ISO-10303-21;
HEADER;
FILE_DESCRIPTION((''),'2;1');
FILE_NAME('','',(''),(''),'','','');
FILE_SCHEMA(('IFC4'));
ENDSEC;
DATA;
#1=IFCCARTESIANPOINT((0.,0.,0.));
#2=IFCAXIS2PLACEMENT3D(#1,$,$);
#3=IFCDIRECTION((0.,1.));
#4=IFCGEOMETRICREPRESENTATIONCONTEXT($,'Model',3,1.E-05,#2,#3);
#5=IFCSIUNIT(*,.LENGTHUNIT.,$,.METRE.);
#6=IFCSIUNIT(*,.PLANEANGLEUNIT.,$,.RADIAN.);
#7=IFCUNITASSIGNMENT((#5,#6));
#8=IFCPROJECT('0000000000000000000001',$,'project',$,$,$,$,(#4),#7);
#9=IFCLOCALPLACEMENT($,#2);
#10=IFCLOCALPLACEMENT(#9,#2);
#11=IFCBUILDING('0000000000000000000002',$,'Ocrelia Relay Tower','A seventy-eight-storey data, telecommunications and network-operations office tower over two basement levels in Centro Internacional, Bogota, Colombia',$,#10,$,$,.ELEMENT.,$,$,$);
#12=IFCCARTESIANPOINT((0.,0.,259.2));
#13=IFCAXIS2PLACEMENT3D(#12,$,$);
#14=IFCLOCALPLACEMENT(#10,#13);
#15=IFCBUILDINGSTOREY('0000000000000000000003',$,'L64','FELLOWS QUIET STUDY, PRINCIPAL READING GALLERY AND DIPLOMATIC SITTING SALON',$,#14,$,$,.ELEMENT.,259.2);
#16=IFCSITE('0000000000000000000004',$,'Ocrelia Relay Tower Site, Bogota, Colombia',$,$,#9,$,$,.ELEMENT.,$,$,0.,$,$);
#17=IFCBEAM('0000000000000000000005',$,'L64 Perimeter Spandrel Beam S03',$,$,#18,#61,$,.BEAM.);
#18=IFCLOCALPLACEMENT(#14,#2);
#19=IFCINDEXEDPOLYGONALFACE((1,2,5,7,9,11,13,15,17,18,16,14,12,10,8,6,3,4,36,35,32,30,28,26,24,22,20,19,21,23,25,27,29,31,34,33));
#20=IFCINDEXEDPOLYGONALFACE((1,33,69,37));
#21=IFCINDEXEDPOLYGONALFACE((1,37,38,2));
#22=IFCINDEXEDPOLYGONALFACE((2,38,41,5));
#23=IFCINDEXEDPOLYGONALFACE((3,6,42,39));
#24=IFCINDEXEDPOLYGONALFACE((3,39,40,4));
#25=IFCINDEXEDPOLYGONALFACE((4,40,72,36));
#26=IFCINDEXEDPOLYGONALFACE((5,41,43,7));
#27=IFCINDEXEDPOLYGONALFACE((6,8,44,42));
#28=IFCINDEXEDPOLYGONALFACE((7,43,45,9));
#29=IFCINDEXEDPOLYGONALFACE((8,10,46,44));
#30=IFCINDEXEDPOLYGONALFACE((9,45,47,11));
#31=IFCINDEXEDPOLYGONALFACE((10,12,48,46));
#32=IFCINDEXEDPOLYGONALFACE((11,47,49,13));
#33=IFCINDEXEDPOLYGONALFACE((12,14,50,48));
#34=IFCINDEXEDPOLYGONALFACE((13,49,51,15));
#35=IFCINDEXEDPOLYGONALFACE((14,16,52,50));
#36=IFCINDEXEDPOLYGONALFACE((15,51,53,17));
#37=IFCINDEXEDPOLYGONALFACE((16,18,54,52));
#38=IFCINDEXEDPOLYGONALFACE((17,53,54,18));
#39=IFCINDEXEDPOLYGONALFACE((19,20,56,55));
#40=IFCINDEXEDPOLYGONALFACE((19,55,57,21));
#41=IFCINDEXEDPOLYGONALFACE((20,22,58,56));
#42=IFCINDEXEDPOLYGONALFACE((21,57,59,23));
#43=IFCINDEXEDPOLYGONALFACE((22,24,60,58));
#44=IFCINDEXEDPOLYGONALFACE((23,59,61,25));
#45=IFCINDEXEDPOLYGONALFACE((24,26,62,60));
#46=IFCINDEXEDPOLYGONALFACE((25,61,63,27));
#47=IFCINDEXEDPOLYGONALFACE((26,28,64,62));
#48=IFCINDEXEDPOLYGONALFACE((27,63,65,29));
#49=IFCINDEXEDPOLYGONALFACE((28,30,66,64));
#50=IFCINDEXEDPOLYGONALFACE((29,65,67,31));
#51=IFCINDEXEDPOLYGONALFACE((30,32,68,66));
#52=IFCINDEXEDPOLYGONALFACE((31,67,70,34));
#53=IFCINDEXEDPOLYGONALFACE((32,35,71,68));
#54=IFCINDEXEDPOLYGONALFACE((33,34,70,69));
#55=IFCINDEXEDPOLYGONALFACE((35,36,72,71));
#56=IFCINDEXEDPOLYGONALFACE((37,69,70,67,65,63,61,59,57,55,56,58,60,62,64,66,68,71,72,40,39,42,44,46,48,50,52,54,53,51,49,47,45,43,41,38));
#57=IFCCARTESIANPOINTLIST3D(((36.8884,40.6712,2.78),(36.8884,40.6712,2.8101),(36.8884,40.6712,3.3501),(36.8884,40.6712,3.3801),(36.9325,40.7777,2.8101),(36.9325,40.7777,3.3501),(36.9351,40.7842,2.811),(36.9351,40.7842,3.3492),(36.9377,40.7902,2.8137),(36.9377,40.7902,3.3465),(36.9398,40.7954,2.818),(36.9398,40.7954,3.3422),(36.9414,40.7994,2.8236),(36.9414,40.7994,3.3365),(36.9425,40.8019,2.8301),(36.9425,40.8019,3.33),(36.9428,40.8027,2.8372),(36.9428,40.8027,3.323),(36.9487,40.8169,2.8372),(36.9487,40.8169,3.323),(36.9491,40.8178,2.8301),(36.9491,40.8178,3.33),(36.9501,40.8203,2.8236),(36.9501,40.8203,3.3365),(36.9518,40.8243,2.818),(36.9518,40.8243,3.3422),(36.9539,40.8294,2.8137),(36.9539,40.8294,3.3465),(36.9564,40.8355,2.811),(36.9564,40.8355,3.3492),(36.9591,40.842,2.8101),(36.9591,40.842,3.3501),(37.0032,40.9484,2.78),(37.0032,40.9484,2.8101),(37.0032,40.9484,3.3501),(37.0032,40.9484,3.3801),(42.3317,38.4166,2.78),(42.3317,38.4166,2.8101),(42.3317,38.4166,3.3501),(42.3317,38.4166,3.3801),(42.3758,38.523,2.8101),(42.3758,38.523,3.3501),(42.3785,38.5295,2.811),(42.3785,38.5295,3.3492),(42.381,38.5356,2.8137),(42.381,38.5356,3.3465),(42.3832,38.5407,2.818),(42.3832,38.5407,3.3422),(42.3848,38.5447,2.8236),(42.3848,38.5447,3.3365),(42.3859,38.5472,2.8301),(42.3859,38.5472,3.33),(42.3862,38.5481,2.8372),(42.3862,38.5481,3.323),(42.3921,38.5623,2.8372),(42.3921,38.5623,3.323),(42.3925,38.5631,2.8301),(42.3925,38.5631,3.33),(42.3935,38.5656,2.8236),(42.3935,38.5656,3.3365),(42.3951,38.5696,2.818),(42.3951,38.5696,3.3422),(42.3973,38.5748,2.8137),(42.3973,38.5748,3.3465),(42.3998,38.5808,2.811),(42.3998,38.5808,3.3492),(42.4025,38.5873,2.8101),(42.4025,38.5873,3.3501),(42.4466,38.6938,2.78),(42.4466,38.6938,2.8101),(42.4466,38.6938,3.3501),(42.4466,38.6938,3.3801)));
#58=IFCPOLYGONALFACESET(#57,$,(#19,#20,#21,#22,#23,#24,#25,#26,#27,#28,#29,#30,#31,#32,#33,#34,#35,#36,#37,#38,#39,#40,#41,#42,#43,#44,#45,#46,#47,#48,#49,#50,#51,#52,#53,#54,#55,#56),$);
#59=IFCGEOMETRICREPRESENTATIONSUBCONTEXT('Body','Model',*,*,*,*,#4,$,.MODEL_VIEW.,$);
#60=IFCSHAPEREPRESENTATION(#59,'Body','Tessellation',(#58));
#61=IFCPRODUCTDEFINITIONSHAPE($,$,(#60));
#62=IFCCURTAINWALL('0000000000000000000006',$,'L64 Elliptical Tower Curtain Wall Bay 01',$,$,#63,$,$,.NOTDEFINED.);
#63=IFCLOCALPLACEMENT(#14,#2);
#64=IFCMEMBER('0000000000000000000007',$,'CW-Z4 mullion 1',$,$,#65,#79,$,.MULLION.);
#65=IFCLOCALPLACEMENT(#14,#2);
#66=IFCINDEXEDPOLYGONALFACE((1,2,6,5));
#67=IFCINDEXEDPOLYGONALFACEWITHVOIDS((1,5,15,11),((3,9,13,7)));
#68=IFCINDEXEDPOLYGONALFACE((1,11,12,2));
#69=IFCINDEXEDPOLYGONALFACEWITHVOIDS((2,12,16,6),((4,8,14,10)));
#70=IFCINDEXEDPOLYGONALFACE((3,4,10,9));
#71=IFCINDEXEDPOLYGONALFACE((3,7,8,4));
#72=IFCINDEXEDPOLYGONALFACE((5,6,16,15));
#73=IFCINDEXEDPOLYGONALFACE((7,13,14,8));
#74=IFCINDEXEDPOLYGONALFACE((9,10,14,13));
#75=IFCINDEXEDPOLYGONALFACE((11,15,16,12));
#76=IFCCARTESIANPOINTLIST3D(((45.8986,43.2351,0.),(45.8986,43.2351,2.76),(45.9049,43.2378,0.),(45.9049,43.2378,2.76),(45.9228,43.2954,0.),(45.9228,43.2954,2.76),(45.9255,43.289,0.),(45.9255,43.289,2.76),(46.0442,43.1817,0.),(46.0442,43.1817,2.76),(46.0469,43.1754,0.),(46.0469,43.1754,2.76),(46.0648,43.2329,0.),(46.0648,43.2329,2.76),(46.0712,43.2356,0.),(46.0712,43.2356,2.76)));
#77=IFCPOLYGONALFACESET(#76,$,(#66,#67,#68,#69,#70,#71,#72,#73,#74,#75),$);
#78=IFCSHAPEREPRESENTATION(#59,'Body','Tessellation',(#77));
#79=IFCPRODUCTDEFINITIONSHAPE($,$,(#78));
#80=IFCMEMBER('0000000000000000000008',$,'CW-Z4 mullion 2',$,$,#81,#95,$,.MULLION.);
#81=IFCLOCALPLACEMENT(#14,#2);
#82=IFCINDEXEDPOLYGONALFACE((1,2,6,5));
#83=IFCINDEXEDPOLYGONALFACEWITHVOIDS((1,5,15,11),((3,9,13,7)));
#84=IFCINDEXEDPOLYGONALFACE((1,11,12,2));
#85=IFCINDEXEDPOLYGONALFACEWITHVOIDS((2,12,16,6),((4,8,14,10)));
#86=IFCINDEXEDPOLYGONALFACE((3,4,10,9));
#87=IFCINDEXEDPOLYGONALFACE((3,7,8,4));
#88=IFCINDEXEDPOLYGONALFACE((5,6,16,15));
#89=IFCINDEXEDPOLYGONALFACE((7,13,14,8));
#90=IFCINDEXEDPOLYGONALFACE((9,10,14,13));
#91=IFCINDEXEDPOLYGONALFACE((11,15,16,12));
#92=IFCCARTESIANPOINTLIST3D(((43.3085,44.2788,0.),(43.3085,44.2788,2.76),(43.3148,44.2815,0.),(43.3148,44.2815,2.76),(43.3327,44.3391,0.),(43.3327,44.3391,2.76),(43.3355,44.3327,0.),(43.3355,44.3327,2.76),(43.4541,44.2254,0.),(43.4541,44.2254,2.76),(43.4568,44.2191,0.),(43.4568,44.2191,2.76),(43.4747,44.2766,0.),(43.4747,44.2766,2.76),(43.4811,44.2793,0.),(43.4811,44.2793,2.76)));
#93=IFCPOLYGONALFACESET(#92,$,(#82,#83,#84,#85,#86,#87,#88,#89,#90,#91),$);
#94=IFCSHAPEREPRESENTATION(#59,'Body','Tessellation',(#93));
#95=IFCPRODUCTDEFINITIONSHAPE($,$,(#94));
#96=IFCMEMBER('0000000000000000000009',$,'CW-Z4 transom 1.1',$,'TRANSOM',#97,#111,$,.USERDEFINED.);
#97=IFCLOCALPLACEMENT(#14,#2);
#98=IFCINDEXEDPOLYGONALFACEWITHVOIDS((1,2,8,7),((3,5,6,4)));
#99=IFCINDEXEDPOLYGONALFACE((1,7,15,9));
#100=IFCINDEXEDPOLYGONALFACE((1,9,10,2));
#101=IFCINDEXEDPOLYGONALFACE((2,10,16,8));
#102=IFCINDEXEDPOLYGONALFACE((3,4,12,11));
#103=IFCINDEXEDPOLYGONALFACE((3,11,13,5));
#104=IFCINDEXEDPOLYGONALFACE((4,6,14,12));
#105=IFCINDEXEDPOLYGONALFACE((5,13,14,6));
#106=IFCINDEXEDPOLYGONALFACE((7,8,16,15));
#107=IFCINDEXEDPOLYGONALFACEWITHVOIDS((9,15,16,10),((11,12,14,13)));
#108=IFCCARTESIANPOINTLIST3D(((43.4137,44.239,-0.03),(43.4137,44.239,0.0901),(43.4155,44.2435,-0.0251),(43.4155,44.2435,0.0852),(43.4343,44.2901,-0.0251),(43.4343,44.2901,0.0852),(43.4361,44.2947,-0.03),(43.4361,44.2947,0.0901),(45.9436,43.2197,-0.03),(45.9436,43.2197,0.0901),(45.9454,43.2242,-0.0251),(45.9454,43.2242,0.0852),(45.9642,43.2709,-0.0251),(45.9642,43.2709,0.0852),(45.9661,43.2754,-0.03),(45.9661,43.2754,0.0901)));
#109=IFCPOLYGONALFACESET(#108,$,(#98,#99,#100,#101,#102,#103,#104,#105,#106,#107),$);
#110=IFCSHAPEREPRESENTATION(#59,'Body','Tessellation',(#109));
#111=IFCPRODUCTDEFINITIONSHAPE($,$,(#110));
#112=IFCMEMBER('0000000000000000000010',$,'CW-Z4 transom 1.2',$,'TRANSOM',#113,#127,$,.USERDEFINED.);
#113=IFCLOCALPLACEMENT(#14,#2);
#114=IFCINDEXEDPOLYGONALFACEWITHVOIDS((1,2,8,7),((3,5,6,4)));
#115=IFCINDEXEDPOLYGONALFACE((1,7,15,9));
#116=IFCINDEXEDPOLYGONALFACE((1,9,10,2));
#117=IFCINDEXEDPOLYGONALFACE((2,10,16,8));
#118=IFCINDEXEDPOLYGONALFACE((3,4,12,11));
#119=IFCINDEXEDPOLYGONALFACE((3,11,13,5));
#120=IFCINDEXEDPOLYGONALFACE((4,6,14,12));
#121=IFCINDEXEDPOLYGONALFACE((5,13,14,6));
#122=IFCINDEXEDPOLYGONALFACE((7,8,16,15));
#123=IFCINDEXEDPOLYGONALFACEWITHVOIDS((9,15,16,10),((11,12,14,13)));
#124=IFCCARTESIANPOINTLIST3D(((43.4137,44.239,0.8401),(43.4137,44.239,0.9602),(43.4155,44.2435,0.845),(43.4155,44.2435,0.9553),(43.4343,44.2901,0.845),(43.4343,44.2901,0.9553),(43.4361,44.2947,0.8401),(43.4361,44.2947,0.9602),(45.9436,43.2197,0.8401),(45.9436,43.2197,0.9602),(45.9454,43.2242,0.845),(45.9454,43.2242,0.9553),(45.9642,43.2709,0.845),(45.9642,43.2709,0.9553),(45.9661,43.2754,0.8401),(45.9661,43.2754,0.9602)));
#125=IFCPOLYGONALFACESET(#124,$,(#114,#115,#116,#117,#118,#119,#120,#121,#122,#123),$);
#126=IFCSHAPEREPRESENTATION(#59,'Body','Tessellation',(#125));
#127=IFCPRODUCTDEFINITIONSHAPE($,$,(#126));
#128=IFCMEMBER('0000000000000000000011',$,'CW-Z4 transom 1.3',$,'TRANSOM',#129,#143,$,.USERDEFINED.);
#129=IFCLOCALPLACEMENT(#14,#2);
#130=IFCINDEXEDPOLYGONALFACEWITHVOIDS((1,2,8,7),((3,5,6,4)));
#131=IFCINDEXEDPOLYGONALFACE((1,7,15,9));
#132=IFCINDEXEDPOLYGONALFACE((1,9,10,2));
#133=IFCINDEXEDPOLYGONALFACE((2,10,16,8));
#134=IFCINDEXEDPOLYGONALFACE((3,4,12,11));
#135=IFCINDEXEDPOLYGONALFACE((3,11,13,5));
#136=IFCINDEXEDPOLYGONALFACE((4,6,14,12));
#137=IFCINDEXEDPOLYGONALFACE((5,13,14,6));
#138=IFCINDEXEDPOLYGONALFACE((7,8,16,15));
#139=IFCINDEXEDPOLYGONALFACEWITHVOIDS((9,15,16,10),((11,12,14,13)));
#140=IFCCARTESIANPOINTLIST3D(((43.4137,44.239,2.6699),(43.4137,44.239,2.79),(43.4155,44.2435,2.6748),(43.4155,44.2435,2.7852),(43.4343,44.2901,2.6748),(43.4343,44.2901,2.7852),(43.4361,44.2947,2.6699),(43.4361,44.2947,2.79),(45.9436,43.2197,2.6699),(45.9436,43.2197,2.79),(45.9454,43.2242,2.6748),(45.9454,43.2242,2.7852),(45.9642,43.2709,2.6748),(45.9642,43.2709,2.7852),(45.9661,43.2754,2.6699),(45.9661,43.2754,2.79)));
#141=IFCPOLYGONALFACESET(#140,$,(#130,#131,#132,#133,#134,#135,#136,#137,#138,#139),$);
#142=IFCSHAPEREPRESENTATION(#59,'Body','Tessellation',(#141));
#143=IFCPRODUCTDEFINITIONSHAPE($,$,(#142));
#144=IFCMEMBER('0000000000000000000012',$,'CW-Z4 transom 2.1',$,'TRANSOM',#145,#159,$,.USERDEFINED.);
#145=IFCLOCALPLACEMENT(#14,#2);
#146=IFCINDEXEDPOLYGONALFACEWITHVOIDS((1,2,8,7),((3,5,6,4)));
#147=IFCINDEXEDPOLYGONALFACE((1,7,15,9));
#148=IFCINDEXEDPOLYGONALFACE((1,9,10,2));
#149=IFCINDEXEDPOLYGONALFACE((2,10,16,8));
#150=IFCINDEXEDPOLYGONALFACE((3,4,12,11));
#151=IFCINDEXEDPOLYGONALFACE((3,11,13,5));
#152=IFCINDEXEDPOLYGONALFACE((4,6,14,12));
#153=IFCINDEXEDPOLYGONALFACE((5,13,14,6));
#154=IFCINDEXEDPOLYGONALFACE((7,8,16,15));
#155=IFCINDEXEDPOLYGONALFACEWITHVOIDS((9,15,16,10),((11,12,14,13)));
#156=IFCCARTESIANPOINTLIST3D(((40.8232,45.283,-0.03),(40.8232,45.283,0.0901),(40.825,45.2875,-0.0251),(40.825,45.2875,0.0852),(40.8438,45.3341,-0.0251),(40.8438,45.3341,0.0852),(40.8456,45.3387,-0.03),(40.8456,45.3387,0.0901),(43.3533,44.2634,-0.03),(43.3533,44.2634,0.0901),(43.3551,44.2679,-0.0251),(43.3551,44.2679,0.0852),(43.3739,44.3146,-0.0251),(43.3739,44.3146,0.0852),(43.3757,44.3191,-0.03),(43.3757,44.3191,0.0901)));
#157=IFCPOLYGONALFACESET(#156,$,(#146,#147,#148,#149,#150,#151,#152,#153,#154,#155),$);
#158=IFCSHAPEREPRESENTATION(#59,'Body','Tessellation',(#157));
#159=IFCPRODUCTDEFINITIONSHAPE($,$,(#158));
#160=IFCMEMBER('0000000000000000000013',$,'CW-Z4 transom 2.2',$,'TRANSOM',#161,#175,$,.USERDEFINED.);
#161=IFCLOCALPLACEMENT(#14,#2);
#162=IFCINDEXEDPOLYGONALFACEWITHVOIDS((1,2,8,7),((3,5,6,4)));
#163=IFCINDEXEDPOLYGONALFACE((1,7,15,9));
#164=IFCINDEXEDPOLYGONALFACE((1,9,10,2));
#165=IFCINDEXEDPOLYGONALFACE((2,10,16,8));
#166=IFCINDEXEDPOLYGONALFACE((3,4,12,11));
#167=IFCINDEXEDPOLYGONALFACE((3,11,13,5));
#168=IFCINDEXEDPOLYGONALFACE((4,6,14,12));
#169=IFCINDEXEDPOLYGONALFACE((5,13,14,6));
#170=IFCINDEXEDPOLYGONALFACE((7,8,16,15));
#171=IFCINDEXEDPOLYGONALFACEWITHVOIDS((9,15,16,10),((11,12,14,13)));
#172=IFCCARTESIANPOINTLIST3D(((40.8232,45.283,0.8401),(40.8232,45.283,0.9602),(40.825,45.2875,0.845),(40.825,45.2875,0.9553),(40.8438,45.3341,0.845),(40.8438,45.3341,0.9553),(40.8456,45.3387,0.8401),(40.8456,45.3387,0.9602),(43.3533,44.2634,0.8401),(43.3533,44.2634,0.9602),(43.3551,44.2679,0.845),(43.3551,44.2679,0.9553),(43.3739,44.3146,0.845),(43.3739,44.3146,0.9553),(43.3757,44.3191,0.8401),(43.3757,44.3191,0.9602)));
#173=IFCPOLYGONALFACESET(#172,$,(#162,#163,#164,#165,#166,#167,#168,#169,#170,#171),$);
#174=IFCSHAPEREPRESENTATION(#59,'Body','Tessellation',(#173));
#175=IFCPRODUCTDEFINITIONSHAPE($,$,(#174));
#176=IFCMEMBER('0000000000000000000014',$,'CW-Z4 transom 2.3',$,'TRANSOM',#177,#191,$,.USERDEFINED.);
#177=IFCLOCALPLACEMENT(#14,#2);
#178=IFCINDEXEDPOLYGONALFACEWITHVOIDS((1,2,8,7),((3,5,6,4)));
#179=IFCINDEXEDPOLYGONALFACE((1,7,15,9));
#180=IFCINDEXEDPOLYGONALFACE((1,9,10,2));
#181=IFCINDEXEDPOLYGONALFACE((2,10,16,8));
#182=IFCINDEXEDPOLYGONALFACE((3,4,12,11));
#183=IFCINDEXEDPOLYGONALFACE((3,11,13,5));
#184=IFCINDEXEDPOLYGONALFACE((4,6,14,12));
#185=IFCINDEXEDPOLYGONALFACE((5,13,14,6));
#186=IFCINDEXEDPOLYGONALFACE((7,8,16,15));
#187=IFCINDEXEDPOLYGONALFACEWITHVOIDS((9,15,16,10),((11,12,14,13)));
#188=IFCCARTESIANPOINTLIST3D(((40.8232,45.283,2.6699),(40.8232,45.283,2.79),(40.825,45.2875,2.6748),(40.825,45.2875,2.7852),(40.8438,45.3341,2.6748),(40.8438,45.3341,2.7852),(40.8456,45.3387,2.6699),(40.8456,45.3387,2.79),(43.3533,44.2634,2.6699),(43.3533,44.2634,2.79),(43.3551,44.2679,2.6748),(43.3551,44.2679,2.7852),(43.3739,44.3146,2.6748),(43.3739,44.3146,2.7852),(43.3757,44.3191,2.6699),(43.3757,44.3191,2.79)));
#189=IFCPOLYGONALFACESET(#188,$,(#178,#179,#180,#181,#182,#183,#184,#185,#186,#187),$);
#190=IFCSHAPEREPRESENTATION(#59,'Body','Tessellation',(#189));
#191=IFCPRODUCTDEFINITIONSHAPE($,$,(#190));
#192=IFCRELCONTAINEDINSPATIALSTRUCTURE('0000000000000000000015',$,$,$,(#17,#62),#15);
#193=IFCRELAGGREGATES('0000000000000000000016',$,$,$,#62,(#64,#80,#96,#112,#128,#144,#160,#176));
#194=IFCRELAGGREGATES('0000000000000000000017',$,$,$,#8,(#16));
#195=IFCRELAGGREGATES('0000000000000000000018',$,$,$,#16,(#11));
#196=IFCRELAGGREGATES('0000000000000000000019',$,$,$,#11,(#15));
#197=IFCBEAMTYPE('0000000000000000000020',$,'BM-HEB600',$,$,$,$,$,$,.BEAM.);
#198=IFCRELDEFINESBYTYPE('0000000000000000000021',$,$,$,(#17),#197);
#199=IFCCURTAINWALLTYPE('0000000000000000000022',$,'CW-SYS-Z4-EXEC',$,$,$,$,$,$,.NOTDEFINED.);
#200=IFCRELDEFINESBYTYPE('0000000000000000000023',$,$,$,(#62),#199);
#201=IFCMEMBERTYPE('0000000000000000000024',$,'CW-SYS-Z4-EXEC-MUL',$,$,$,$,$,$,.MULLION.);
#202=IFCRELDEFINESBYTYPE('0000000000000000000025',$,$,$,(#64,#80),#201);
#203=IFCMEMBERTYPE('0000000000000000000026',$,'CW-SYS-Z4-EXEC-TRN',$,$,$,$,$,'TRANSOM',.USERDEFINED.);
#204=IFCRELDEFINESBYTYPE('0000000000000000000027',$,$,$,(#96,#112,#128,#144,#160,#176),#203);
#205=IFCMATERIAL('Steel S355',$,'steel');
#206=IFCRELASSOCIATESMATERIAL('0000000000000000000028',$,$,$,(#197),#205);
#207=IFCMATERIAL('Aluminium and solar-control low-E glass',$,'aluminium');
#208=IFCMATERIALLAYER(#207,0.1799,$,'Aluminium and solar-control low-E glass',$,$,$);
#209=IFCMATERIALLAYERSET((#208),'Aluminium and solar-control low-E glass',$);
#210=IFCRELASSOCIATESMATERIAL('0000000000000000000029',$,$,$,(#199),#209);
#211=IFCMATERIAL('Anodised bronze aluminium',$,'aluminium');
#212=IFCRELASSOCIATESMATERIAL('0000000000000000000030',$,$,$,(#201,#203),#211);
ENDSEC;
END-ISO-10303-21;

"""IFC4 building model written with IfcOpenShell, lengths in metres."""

from ifc_helpers import new_model, si_unit, direction, frame, origin, origin_2d, place, context, subcontext, project, spatial, hollow_rectangle, i_section, extrude, material, layer, layer_set, material_profile, profile_set, type_object, element, aggregate, save


model = new_model("IFC4")

# Units and contexts
model_context = context("Model", 3, precision=1e-05, world=origin(), true_north=direction((0.0, 1.0)))
body_context = subcontext(model_context, "Body", "Model", "MODEL_VIEW")
ifc_project = project(units=[si_unit("LENGTHUNIT", "METRE"), si_unit("PLANEANGLEUNIT", "RADIAN")], contexts=[model_context])

# Site, building, storey
site_placement = place(None, origin())
site = spatial("IfcSite", under=ifc_project, at=site_placement, Name="Ocrelia Relay Tower Site, Bogota, Colombia", CompositionType="ELEMENT", RefElevation=0.0)
building_placement = place(site_placement, origin())
building = spatial("IfcBuilding", under=site, at=building_placement, Name="Ocrelia Relay Tower", Description="A seventy-eight-storey data, telecommunications and network-operations office tower over two basement levels in Centro Internacional, Bogota, Colombia", CompositionType="ELEMENT")
storey_placement = place(building_placement, frame((0.0, 0.0, 259.2)))
storey = spatial("IfcBuildingStorey", under=building, at=storey_placement, Name="L64", Description="FELLOWS QUIET STUDY, PRINCIPAL READING GALLERY AND DIPLOMATIC SITTING SALON", CompositionType="ELEMENT", Elevation=259.2)

# Beam
ifc_material_1 = material(Name="Steel S355", Category="steel")
ifc_material_profile_1 = material_profile(ifc_material_1, i_section(OverallWidth=0.3, OverallDepth=0.6001, WebThickness=0.0154, FlangeThickness=0.03, FilletRadius=0.0271, at=origin_2d()), Name="HEB 600")
ifc_profile_set_1 = profile_set([ifc_material_profile_1], Name="Steel S355")
beam_type = type_object("IfcBeamType", Name="BM-HEB600", PredefinedType="BEAM", material=ifc_profile_set_1)
beam_placement = place(storey_placement, frame((42.3892, 38.5552, 3.0801), z_axis=(-0.923884, 0.382673, 0.0), x_axis=(-0.382673, -0.923884, 0.0)))
element("IfcBeam", 1, at=beam_placement, inside=storey, type_object=beam_type, Name="L64 Perimeter Spandrel Beam S03", PredefinedType="BEAM", context=body_context, shape_type="SweptSolid", body=[
    extrude(i_section(OverallWidth=0.3, OverallDepth=0.6001, WebThickness=0.0154, FlangeThickness=0.03, FilletRadius=0.0271, at=origin_2d()), origin(), (0.0, 0.0, 1.0), 5.8918),
])

# Curtain wall, members
ifc_material_2 = material(Name="Aluminium and solar-control low-E glass", Category="aluminium")
ifc_layer_1 = layer(ifc_material_2, 0.1799, Name="Aluminium and solar-control low-E glass")
ifc_layer_set_1 = layer_set([ifc_layer_1], Name="Aluminium and solar-control low-E glass")
curtain_wall_type = type_object("IfcCurtainWallType", Name="CW-SYS-Z4-EXEC", PredefinedType="NOTDEFINED", material=ifc_layer_set_1)
curtain_wall_placement = place(storey_placement, origin())
curtain_wall = element("IfcCurtainWall", 2, at=curtain_wall_placement, inside=storey, type_object=curtain_wall_type, Name="L64 Elliptical Tower Curtain Wall Bay 01", PredefinedType="NOTDEFINED")
ifc_material_3 = material(Name="Anodised bronze aluminium", Category="aluminium")
ifc_material_profile_2 = material_profile(ifc_material_3, hollow_rectangle(XDim=0.0649, YDim=0.1599, WallThickness=0.0049, at=origin_2d()), Name="CW-MUL-160x65")
ifc_profile_set_2 = profile_set([ifc_material_profile_2], Name="Anodised bronze aluminium")
member_type_1 = type_object("IfcMemberType", Name="CW-SYS-Z4-EXEC-MUL", PredefinedType="MULLION", material=ifc_profile_set_2)
member_1_placement = place(storey_placement, frame((45.9849, 43.2354, 0.0), z_axis=(0.0, 0.0, 1.0), x_axis=(-0.373751, -0.927529, 0.0)))
member_1 = element("IfcMember", 3, at=member_1_placement, type_object=member_type_1, Name="CW-Z4 mullion 1", PredefinedType="MULLION", context=body_context, shape_type="SweptSolid", body=[
    extrude(hollow_rectangle(XDim=0.0649, YDim=0.1599, WallThickness=0.0049, at=origin_2d()), origin(), (0.0, 0.0, 1.0), 2.76),
])
member_2_placement = place(storey_placement, frame((43.3948, 44.2791, 0.0), z_axis=(0.0, 0.0, 1.0), x_axis=(-0.373751, -0.927529, 0.0)))
member_2 = element("IfcMember", 4, at=member_2_placement, type_object=member_type_1, Name="CW-Z4 mullion 2", PredefinedType="MULLION", context=body_context, shape_type="SweptSolid", body=[
    extrude(hollow_rectangle(XDim=0.0649, YDim=0.1599, WallThickness=0.0049, at=origin_2d()), origin(), (0.0, 0.0, 1.0), 2.76),
])
ifc_material_profile_3 = material_profile(ifc_material_3, hollow_rectangle(XDim=0.0601, YDim=0.1201, WallThickness=0.0049, at=origin_2d()), Name="CW-TRN-120x60")
ifc_profile_set_3 = profile_set([ifc_material_profile_3], Name="Anodised bronze aluminium")
member_type_2 = type_object("IfcMemberType", Name="CW-SYS-Z4-EXEC-TRN", ElementType="TRANSOM", PredefinedType="USERDEFINED", material=ifc_profile_set_3)
member_3_placement = place(storey_placement, frame((45.9548, 43.2476, 0.03), z_axis=(-0.927554, 0.373689, 0.0), x_axis=(-0.373689, -0.927554, 0.0)))
member_3 = element("IfcMember", 5, at=member_3_placement, type_object=member_type_2, Name="CW-Z4 transom 1.1", ObjectType="TRANSOM", PredefinedType="USERDEFINED", context=body_context, shape_type="SweptSolid", body=[
    extrude(hollow_rectangle(XDim=0.0601, YDim=0.1201, WallThickness=0.0049, at=origin_2d()), origin(), (0.0, 0.0, 1.0), 2.7275),
])
member_4_placement = place(storey_placement, frame((45.9548, 43.2476, 0.9001), z_axis=(-0.927554, 0.373689, 0.0), x_axis=(-0.373689, -0.927554, 0.0)))
member_4 = element("IfcMember", 6, at=member_4_placement, type_object=member_type_2, Name="CW-Z4 transom 1.2", ObjectType="TRANSOM", PredefinedType="USERDEFINED", context=body_context, shape_type="SweptSolid", body=[
    extrude(hollow_rectangle(XDim=0.0601, YDim=0.1201, WallThickness=0.0049, at=origin_2d()), origin(), (0.0, 0.0, 1.0), 2.7275),
])
member_5_placement = place(storey_placement, frame((45.9548, 43.2476, 2.73), z_axis=(-0.927554, 0.373689, 0.0), x_axis=(-0.373689, -0.927554, 0.0)))
member_5 = element("IfcMember", 7, at=member_5_placement, type_object=member_type_2, Name="CW-Z4 transom 1.3", ObjectType="TRANSOM", PredefinedType="USERDEFINED", context=body_context, shape_type="SweptSolid", body=[
    extrude(hollow_rectangle(XDim=0.0601, YDim=0.1201, WallThickness=0.0049, at=origin_2d()), origin(), (0.0, 0.0, 1.0), 2.7275),
])
member_6_placement = place(storey_placement, frame((43.3645, 44.2913, 0.03), z_axis=(-0.927523, 0.373766, 0.0), x_axis=(-0.373766, -0.927523, 0.0)))
member_6 = element("IfcMember", 8, at=member_6_placement, type_object=member_type_2, Name="CW-Z4 transom 2.1", ObjectType="TRANSOM", PredefinedType="USERDEFINED", context=body_context, shape_type="SweptSolid", body=[
    extrude(hollow_rectangle(XDim=0.0601, YDim=0.1201, WallThickness=0.0049, at=origin_2d()), origin(), (0.0, 0.0, 1.0), 2.7278),
])
member_7_placement = place(storey_placement, frame((43.3645, 44.2913, 0.9001), z_axis=(-0.927523, 0.373766, 0.0), x_axis=(-0.373766, -0.927523, 0.0)))
member_7 = element("IfcMember", 9, at=member_7_placement, type_object=member_type_2, Name="CW-Z4 transom 2.2", ObjectType="TRANSOM", PredefinedType="USERDEFINED", context=body_context, shape_type="SweptSolid", body=[
    extrude(hollow_rectangle(XDim=0.0601, YDim=0.1201, WallThickness=0.0049, at=origin_2d()), origin(), (0.0, 0.0, 1.0), 2.7278),
])
member_8_placement = place(storey_placement, frame((43.3645, 44.2913, 2.73), z_axis=(-0.927523, 0.373766, 0.0), x_axis=(-0.373766, -0.927523, 0.0)))
member_8 = element("IfcMember", 10, at=member_8_placement, type_object=member_type_2, Name="CW-Z4 transom 2.3", ObjectType="TRANSOM", PredefinedType="USERDEFINED", context=body_context, shape_type="SweptSolid", body=[
    extrude(hollow_rectangle(XDim=0.0601, YDim=0.1201, WallThickness=0.0049, at=origin_2d()), origin(), (0.0, 0.0, 1.0), 2.7278),
])
aggregate(curtain_wall, [member_1, member_2, member_3, member_4, member_5, member_6, member_7, member_8])

save(model, "model.ifc")
